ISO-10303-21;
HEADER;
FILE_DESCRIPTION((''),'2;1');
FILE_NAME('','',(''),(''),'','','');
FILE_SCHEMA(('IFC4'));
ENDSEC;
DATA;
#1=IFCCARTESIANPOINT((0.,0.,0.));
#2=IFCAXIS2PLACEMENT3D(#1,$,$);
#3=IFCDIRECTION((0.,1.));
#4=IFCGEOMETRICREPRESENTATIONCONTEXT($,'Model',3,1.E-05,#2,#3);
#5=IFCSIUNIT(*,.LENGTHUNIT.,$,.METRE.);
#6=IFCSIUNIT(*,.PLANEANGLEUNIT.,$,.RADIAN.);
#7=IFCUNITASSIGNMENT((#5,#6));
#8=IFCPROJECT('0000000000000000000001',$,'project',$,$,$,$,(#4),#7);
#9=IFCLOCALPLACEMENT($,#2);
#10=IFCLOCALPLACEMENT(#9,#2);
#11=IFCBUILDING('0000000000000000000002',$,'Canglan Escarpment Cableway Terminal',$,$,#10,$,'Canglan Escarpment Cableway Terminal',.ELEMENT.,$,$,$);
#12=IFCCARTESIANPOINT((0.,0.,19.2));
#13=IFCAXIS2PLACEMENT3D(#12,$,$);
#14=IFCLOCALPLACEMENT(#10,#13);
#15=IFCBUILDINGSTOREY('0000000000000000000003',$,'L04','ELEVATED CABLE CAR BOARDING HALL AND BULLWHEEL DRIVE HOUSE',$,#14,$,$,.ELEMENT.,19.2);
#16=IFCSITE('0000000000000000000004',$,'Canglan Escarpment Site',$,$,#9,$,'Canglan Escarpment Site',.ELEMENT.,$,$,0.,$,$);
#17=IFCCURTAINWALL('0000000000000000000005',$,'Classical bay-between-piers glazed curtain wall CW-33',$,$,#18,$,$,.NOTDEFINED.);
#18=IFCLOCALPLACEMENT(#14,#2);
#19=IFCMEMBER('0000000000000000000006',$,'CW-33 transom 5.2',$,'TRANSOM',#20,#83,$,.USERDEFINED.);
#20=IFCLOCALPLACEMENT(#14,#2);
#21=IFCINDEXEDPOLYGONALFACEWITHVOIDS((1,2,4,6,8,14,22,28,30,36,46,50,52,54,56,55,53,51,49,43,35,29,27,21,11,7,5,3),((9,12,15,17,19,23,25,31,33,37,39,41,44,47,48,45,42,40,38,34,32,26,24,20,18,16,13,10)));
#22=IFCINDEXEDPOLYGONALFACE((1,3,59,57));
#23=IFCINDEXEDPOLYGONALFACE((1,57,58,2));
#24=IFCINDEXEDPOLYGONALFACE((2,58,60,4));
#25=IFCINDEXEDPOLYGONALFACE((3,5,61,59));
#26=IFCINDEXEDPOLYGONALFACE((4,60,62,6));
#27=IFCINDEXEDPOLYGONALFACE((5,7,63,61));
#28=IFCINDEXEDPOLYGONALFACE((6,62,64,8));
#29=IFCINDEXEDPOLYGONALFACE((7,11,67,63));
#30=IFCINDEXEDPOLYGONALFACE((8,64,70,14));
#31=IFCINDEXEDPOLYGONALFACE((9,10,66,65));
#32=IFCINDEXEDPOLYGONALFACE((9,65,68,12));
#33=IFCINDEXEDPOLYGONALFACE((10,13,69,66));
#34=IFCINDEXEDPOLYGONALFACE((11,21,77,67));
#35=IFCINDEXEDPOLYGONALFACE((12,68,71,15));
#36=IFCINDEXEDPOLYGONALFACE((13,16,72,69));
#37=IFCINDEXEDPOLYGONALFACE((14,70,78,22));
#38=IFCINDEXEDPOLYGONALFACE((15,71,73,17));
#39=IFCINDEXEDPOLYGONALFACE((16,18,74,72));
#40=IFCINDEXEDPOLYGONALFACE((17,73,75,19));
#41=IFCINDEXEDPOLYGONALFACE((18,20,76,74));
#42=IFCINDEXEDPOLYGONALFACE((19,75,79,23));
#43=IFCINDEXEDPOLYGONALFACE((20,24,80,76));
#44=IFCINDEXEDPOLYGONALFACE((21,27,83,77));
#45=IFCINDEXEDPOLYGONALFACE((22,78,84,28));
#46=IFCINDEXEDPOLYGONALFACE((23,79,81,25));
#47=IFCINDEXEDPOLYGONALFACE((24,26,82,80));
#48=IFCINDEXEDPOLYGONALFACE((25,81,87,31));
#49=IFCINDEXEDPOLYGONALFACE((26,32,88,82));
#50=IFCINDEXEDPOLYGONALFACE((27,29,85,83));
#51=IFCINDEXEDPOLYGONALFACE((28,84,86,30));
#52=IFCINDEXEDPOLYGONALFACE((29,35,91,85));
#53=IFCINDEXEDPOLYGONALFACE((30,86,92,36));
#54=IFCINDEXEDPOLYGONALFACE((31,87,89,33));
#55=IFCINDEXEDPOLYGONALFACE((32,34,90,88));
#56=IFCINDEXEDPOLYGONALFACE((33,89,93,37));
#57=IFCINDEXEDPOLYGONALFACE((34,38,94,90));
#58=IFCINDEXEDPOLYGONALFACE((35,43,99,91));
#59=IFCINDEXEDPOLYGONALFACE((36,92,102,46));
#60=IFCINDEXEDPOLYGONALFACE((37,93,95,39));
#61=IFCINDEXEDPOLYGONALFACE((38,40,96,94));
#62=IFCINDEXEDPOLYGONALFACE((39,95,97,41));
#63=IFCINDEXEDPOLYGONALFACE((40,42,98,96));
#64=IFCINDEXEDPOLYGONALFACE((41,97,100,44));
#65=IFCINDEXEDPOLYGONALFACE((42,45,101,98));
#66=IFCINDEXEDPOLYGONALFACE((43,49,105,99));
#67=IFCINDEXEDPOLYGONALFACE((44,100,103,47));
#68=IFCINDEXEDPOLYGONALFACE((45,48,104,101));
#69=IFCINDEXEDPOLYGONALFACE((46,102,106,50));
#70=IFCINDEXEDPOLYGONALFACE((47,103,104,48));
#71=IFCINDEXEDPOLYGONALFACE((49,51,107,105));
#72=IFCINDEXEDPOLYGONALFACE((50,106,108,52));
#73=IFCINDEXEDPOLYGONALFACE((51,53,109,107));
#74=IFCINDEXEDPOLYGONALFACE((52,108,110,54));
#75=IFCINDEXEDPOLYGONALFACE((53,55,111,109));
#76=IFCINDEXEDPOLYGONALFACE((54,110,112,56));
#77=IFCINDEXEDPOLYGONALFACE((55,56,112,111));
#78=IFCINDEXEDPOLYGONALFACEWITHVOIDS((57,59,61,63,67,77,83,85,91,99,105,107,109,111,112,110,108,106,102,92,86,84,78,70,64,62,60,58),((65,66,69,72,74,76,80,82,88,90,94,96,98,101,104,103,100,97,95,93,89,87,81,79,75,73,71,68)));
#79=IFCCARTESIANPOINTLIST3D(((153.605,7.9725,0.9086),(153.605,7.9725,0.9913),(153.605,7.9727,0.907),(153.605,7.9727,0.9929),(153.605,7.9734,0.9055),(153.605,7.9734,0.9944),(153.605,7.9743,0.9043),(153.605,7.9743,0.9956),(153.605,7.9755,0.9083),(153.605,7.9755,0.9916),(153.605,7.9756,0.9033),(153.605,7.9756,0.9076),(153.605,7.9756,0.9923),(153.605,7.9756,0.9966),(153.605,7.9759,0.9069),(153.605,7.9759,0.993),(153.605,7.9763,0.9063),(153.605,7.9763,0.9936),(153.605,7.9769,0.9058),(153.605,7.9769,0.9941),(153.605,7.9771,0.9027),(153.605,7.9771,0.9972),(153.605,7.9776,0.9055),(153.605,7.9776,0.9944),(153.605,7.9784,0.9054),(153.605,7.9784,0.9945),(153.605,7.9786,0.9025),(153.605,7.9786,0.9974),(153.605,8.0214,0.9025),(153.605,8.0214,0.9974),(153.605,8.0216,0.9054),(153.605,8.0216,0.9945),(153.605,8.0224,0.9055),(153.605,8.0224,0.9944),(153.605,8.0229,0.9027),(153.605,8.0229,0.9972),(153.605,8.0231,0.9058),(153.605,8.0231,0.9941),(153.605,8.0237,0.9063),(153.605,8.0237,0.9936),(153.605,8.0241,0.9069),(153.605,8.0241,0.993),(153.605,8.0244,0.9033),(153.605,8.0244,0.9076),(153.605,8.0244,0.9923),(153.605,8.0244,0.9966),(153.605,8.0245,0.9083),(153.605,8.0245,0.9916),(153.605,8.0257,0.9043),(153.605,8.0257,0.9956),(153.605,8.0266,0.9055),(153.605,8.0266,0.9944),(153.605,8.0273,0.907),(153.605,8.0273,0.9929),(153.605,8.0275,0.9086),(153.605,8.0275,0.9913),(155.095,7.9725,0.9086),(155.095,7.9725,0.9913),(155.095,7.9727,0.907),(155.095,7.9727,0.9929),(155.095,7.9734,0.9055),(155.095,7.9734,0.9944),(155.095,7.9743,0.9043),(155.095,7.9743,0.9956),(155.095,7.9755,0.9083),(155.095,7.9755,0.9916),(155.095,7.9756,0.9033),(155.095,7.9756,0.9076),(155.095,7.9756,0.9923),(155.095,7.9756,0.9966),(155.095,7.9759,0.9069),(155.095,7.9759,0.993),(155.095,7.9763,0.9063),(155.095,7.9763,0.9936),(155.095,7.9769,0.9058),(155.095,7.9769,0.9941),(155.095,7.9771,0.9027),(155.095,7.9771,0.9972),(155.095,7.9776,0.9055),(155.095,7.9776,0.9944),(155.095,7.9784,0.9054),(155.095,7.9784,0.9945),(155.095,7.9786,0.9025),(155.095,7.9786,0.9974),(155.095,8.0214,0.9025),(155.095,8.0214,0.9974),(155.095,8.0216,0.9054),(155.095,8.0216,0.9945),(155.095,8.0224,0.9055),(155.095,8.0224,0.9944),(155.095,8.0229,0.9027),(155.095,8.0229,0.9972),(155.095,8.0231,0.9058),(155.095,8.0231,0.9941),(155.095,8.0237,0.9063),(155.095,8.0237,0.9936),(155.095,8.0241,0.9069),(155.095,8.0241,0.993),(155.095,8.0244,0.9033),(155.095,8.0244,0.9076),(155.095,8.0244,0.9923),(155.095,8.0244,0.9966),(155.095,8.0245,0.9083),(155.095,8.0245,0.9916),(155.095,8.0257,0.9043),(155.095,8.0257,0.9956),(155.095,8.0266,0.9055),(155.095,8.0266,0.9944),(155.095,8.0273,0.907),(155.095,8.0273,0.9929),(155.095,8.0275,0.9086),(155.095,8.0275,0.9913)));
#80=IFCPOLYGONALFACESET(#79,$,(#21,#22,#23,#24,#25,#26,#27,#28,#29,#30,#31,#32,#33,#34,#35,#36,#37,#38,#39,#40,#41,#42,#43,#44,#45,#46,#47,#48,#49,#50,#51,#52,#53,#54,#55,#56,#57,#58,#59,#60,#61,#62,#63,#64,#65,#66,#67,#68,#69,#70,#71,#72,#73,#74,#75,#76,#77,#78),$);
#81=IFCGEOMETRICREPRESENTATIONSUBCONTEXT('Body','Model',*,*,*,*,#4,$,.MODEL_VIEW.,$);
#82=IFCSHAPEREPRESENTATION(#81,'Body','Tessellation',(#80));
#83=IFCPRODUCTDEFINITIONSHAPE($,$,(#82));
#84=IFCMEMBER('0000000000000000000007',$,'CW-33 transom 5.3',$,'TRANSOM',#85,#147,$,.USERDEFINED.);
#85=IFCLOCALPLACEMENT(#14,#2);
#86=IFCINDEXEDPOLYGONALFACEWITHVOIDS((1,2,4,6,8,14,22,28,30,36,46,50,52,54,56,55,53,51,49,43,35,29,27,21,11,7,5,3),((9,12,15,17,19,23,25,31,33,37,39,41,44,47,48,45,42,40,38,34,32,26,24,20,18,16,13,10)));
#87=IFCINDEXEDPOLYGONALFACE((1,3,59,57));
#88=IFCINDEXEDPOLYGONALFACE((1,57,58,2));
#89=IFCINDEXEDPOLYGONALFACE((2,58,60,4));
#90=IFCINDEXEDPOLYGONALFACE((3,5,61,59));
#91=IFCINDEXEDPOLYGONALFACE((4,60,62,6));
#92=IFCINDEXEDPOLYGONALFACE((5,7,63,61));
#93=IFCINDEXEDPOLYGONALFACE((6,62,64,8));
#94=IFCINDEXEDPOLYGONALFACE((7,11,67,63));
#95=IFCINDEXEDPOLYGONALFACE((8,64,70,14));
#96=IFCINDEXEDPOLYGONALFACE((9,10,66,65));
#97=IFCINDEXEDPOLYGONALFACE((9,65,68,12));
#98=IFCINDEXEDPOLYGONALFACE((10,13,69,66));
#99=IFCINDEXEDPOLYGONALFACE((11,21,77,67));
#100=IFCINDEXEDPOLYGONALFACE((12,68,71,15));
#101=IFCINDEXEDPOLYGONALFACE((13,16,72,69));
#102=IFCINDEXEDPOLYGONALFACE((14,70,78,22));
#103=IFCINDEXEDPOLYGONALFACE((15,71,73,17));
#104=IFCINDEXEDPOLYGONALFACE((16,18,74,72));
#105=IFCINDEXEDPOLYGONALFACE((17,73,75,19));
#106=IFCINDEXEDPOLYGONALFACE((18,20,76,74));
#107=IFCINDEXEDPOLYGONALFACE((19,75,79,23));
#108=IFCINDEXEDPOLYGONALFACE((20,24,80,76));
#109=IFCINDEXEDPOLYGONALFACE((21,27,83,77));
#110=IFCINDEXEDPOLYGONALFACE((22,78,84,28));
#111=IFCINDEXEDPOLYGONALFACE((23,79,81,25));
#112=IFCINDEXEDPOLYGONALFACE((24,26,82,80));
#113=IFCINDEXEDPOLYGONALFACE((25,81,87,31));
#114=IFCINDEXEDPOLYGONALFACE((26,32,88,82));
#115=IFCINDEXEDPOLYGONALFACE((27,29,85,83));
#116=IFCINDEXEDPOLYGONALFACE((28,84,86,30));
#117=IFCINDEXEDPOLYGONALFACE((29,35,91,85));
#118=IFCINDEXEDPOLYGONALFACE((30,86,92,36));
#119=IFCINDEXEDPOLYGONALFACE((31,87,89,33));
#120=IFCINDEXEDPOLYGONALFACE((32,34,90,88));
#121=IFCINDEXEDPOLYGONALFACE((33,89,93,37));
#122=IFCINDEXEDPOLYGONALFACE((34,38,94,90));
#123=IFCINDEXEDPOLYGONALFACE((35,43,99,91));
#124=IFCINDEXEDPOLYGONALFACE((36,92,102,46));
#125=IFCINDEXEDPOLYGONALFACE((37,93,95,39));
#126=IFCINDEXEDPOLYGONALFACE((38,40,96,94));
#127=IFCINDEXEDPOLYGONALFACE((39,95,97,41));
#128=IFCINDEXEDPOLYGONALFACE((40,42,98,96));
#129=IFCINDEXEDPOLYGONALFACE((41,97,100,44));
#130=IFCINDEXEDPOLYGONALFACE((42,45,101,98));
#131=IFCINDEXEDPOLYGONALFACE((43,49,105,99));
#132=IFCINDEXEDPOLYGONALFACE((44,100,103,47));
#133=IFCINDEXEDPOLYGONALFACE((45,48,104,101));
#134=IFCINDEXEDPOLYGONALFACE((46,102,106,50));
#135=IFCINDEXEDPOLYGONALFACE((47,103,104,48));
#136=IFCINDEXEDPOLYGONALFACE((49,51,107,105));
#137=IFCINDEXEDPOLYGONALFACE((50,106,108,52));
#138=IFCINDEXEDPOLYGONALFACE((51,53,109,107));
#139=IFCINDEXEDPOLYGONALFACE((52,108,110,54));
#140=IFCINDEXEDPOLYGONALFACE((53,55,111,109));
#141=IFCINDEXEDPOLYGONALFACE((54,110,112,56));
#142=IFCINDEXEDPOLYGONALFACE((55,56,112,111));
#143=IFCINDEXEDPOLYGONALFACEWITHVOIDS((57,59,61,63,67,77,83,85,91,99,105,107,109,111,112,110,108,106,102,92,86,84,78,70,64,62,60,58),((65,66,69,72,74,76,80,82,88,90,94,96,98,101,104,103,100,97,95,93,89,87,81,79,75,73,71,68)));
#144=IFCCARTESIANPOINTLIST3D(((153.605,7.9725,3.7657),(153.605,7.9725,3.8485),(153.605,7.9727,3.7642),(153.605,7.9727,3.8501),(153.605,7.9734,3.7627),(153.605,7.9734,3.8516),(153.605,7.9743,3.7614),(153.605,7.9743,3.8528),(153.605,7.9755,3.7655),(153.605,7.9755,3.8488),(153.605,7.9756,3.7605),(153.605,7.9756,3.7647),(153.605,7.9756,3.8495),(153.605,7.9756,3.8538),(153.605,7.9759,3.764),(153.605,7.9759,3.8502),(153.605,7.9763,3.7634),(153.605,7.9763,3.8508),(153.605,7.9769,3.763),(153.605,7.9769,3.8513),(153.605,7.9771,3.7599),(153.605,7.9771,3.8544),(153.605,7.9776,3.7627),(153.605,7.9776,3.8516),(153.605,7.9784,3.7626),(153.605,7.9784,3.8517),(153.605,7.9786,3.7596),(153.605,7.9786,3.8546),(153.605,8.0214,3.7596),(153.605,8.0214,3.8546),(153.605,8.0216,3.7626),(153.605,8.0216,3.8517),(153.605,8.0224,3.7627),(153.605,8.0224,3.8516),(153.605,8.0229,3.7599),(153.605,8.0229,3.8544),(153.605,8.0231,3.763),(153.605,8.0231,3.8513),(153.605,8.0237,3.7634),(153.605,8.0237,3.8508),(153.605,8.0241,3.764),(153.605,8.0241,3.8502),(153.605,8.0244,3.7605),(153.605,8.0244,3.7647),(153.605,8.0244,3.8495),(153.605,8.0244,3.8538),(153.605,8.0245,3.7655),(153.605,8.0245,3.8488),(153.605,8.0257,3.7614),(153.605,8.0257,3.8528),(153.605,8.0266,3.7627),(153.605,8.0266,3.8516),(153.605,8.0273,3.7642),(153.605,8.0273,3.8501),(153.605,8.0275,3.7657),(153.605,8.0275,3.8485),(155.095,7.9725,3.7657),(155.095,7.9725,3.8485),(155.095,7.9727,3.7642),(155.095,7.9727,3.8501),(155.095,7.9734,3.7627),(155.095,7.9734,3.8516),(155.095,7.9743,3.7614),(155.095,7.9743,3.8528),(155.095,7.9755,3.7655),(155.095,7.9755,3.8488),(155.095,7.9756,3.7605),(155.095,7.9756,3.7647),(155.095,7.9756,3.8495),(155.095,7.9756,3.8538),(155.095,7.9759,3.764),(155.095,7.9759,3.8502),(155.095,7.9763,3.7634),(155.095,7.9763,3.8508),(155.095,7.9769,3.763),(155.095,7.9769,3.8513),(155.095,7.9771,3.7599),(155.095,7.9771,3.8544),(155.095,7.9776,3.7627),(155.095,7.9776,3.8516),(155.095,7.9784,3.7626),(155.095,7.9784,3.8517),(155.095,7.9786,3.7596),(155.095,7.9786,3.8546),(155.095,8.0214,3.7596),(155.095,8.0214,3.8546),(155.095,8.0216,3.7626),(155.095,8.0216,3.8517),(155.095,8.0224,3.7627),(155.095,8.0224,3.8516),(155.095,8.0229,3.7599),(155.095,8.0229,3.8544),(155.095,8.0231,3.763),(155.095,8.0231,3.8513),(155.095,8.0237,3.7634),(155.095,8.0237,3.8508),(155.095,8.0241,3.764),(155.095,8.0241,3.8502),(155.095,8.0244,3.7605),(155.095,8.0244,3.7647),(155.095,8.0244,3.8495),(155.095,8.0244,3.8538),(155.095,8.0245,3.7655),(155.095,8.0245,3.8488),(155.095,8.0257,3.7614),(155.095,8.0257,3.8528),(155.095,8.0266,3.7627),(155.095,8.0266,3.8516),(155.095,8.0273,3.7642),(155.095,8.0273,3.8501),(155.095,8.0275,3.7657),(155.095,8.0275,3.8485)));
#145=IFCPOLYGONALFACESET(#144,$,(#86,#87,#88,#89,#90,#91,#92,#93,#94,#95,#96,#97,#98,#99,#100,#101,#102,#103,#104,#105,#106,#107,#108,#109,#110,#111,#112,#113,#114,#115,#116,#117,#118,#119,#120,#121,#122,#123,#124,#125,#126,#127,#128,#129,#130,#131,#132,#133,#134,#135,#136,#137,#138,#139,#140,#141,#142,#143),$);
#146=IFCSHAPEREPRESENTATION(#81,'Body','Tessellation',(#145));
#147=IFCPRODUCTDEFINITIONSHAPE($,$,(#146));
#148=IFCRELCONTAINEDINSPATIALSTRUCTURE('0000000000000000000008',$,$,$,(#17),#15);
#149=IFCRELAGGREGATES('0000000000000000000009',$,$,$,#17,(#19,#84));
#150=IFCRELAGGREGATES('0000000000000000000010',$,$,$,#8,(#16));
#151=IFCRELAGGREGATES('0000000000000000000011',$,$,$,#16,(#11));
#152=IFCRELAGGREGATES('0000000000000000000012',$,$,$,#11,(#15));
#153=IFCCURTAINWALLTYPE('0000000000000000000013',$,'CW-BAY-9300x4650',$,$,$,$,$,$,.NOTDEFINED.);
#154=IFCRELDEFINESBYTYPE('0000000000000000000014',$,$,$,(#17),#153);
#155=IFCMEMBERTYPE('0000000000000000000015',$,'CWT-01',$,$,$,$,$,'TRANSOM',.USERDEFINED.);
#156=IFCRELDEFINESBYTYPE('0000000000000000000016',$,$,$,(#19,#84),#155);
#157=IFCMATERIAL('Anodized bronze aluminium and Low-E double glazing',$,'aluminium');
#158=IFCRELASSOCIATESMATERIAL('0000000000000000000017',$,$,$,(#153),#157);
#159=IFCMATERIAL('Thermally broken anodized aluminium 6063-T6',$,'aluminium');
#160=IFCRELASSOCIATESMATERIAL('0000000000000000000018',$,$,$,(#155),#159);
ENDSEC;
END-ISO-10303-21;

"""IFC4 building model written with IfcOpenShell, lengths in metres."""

from ifc_helpers import new_model, si_unit, direction, frame, origin, origin_2d, place, context, subcontext, project, spatial, hollow_rectangle, extrude, material, material_profile, profile_set, type_object, element, aggregate, save


model = new_model("IFC4")

# Units and contexts
model_context = context("Model", 3, precision=1e-05, world=origin(), true_north=direction((0.0, 1.0)))
body_context = subcontext(model_context, "Body", "Model", "MODEL_VIEW")
ifc_project = project(units=[si_unit("LENGTHUNIT", "METRE"), si_unit("PLANEANGLEUNIT", "RADIAN")], contexts=[model_context])

# Site, building, storey
site_placement = place(None, origin())
site = spatial("IfcSite", under=ifc_project, at=site_placement, Name="Canglan Escarpment Site", LongName="Canglan Escarpment Site", CompositionType="ELEMENT", RefElevation=0.0)
building_placement = place(site_placement, origin())
building = spatial("IfcBuilding", under=site, at=building_placement, Name="Canglan Escarpment Cableway Terminal", LongName="Canglan Escarpment Cableway Terminal", CompositionType="ELEMENT")
storey_placement = place(building_placement, frame((0.0, 0.0, 19.2)))
storey = spatial("IfcBuildingStorey", under=building, at=storey_placement, Name="L04", Description="ELEVATED CABLE CAR BOARDING HALL AND BULLWHEEL DRIVE HOUSE", CompositionType="ELEMENT", Elevation=19.2)

# Curtain wall
ifc_material_1 = material(Name="Anodized bronze aluminium and Low-E double glazing", Category="aluminium")
curtain_wall_type = type_object("IfcCurtainWallType", Name="CW-BAY-9300x4650", PredefinedType="NOTDEFINED", material=ifc_material_1)
curtain_wall_1_placement = place(storey_placement, origin())
curtain_wall_1 = element("IfcCurtainWall", 1, at=curtain_wall_1_placement, inside=storey, type_object=curtain_wall_type, Name="Classical bay-between-piers glazed curtain wall CW-33", PredefinedType="NOTDEFINED")
ifc_material_2 = material(Name="Thermally broken anodized aluminium 6063-T6", Category="aluminium")

# Members
ifc_material_profile_1 = material_profile(ifc_material_2, hollow_rectangle(XDim=0.0549, YDim=0.095, WallThickness=0.0029, InnerFilletRadius=0.0029, OuterFilletRadius=0.0061, at=origin_2d()), Name="ALU-TRAN 55x95x3")
ifc_profile_set_1 = profile_set([ifc_material_profile_1], Name="Thermally broken anodized aluminium 6063-T6")
member_type_1 = type_object("IfcMemberType", Name="CWT-01", ElementType="TRANSOM", PredefinedType="USERDEFINED", material=ifc_profile_set_1)
member_1_placement = place(storey_placement, frame((153.605, 8.0, 0.95), z_axis=(1.0, 0.0, 0.0), x_axis=(0.0, 1.0, 0.0)))
member_1 = element("IfcMember", 2, at=member_1_placement, type_object=member_type_1, Name="CW-33 transom 5.2", ObjectType="TRANSOM", PredefinedType="USERDEFINED", context=body_context, shape_type="SweptSolid", body=[
    extrude(hollow_rectangle(XDim=0.0549, YDim=0.095, WallThickness=0.0029, InnerFilletRadius=0.0029, OuterFilletRadius=0.0061, at=origin_2d()), origin(), (0.0, 0.0, 1.0), 1.49),
])
member_2_placement = place(storey_placement, frame((153.605, 8.0, 3.8071), z_axis=(1.0, 0.0, 0.0), x_axis=(0.0, 1.0, 0.0)))
member_2 = element("IfcMember", 3, at=member_2_placement, type_object=member_type_1, Name="CW-33 transom 5.3", ObjectType="TRANSOM", PredefinedType="USERDEFINED", context=body_context, shape_type="SweptSolid", body=[
    extrude(hollow_rectangle(XDim=0.0549, YDim=0.095, WallThickness=0.0029, InnerFilletRadius=0.0029, OuterFilletRadius=0.0061, at=origin_2d()), origin(), (0.0, 0.0, 1.0), 1.49),
])

aggregate(curtain_wall_1, [member_1, member_2])

save(model, "model.ifc")
